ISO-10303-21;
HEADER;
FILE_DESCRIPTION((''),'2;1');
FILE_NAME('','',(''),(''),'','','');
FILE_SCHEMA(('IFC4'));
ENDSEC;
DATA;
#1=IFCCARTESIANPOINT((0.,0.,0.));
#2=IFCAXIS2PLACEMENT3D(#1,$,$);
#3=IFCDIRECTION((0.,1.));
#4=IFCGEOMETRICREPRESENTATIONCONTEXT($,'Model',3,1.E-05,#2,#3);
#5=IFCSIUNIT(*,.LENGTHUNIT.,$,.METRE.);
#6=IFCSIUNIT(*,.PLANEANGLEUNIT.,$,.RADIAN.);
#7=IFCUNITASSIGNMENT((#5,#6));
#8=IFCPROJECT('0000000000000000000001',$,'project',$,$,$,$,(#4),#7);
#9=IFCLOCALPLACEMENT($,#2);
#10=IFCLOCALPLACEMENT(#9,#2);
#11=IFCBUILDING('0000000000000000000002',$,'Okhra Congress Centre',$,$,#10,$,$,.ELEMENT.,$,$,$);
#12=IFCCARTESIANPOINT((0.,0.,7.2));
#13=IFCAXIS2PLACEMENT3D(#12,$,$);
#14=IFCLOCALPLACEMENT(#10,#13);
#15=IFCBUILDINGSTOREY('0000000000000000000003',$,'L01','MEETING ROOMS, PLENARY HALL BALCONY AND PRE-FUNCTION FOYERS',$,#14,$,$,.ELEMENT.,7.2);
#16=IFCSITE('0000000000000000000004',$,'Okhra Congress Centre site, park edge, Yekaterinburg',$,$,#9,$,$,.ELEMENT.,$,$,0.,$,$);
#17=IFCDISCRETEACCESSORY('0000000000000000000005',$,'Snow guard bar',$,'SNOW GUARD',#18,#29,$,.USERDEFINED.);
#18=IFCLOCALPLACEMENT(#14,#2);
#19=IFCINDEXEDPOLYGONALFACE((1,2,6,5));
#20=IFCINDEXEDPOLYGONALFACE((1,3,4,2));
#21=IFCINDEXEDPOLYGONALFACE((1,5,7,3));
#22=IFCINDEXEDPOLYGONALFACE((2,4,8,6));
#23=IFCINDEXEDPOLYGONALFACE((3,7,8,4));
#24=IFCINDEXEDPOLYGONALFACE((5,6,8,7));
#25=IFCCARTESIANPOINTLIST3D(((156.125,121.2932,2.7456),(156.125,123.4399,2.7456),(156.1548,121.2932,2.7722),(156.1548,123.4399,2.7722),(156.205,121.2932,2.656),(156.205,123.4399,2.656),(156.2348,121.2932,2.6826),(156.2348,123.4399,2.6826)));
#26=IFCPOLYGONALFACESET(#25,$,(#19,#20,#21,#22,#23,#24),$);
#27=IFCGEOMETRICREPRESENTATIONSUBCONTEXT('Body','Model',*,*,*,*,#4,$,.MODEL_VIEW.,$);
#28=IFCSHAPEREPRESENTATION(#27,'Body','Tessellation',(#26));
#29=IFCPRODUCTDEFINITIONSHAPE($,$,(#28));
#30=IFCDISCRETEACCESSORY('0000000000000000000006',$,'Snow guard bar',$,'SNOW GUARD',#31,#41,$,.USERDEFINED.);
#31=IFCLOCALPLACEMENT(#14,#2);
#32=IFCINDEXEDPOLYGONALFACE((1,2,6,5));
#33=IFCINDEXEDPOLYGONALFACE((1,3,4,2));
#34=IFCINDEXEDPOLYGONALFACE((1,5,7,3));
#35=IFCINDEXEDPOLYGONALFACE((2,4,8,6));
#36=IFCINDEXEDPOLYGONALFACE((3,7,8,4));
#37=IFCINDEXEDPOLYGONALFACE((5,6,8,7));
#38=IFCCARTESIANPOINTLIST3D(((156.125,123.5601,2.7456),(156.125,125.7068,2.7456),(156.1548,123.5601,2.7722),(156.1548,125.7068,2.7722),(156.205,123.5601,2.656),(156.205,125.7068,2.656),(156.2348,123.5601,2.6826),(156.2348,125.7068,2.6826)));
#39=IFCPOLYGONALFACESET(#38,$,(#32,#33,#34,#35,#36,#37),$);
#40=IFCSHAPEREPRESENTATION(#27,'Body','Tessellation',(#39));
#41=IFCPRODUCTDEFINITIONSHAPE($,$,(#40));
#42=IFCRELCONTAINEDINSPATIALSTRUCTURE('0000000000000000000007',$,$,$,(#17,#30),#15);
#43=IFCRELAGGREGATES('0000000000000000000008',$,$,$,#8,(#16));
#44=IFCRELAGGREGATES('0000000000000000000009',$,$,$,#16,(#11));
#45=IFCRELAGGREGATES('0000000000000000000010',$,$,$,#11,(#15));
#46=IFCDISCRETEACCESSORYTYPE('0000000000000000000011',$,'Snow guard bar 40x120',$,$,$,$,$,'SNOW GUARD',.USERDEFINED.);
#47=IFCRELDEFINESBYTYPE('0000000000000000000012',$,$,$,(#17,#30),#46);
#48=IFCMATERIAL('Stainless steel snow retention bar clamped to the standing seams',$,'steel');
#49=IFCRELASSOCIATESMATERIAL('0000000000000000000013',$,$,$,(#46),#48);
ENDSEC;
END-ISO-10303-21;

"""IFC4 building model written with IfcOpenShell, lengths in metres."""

from ifc_helpers import new_model, si_unit, direction, frame, origin, place, context, subcontext, project, spatial, polyline, outline, extrude, material, type_object, element, save


model = new_model("IFC4")

# Units and contexts
model_context = context("Model", 3, precision=1e-05, world=origin(), true_north=direction((0.0, 1.0)))
body_context = subcontext(model_context, "Body", "Model", "MODEL_VIEW")
ifc_project = project(units=[si_unit("LENGTHUNIT", "METRE"), si_unit("PLANEANGLEUNIT", "RADIAN")], contexts=[model_context])

# Site, building, storey
site_placement = place(None, origin())
site = spatial("IfcSite", under=ifc_project, at=site_placement, Name="Okhra Congress Centre site, park edge, Yekaterinburg", CompositionType="ELEMENT", RefElevation=0.0)
building_placement = place(site_placement, origin())
building = spatial("IfcBuilding", under=site, at=building_placement, Name="Okhra Congress Centre", CompositionType="ELEMENT")
storey_placement = place(building_placement, frame((0.0, 0.0, 7.2)))
storey = spatial("IfcBuildingStorey", under=building, at=storey_placement, Name="L01", Description="MEETING ROOMS, PLENARY HALL BALCONY AND PRE-FUNCTION FOYERS", CompositionType="ELEMENT", Elevation=7.2)

# Discrete accessories
ifc_material_1 = material(Name="Stainless steel snow retention bar clamped to the standing seams", Category="steel")
discrete_accessory_type_1 = type_object("IfcDiscreteAccessoryType", Name="Snow guard bar 40x120", ElementType="SNOW GUARD", PredefinedType="USERDEFINED", material=ifc_material_1)
for number, where, z_axis, x_axis, name in (
    (1, (156.125, 121.2932, 2.7456), (-0.666259, 0.0, 0.745721), (0.745721, 0.0, 0.666259), "Snow guard bar"),
    (2, (156.125, 123.5601, 2.7456), (-0.666259, 0.0, 0.745721), (0.745721, 0.0, 0.666259), "Snow guard bar"),
):
    element("IfcDiscreteAccessory", number, at=place(storey_placement, frame(where, z_axis=z_axis, x_axis=x_axis)), inside=storey, type_object=discrete_accessory_type_1, Name=name, ObjectType="SNOW GUARD", PredefinedType="USERDEFINED", context=body_context, shape_type="SweptSolid", body=[
        extrude(outline(polyline([(0.0, 0.0), (0.0399, 0.0), (0.0399, 2.1467), (0.0, 2.1467), (0.0, 0.0)])), origin(), (0.0, 0.0, -1.0), 0.1201),
    ])

save(model, "model.ifc")
